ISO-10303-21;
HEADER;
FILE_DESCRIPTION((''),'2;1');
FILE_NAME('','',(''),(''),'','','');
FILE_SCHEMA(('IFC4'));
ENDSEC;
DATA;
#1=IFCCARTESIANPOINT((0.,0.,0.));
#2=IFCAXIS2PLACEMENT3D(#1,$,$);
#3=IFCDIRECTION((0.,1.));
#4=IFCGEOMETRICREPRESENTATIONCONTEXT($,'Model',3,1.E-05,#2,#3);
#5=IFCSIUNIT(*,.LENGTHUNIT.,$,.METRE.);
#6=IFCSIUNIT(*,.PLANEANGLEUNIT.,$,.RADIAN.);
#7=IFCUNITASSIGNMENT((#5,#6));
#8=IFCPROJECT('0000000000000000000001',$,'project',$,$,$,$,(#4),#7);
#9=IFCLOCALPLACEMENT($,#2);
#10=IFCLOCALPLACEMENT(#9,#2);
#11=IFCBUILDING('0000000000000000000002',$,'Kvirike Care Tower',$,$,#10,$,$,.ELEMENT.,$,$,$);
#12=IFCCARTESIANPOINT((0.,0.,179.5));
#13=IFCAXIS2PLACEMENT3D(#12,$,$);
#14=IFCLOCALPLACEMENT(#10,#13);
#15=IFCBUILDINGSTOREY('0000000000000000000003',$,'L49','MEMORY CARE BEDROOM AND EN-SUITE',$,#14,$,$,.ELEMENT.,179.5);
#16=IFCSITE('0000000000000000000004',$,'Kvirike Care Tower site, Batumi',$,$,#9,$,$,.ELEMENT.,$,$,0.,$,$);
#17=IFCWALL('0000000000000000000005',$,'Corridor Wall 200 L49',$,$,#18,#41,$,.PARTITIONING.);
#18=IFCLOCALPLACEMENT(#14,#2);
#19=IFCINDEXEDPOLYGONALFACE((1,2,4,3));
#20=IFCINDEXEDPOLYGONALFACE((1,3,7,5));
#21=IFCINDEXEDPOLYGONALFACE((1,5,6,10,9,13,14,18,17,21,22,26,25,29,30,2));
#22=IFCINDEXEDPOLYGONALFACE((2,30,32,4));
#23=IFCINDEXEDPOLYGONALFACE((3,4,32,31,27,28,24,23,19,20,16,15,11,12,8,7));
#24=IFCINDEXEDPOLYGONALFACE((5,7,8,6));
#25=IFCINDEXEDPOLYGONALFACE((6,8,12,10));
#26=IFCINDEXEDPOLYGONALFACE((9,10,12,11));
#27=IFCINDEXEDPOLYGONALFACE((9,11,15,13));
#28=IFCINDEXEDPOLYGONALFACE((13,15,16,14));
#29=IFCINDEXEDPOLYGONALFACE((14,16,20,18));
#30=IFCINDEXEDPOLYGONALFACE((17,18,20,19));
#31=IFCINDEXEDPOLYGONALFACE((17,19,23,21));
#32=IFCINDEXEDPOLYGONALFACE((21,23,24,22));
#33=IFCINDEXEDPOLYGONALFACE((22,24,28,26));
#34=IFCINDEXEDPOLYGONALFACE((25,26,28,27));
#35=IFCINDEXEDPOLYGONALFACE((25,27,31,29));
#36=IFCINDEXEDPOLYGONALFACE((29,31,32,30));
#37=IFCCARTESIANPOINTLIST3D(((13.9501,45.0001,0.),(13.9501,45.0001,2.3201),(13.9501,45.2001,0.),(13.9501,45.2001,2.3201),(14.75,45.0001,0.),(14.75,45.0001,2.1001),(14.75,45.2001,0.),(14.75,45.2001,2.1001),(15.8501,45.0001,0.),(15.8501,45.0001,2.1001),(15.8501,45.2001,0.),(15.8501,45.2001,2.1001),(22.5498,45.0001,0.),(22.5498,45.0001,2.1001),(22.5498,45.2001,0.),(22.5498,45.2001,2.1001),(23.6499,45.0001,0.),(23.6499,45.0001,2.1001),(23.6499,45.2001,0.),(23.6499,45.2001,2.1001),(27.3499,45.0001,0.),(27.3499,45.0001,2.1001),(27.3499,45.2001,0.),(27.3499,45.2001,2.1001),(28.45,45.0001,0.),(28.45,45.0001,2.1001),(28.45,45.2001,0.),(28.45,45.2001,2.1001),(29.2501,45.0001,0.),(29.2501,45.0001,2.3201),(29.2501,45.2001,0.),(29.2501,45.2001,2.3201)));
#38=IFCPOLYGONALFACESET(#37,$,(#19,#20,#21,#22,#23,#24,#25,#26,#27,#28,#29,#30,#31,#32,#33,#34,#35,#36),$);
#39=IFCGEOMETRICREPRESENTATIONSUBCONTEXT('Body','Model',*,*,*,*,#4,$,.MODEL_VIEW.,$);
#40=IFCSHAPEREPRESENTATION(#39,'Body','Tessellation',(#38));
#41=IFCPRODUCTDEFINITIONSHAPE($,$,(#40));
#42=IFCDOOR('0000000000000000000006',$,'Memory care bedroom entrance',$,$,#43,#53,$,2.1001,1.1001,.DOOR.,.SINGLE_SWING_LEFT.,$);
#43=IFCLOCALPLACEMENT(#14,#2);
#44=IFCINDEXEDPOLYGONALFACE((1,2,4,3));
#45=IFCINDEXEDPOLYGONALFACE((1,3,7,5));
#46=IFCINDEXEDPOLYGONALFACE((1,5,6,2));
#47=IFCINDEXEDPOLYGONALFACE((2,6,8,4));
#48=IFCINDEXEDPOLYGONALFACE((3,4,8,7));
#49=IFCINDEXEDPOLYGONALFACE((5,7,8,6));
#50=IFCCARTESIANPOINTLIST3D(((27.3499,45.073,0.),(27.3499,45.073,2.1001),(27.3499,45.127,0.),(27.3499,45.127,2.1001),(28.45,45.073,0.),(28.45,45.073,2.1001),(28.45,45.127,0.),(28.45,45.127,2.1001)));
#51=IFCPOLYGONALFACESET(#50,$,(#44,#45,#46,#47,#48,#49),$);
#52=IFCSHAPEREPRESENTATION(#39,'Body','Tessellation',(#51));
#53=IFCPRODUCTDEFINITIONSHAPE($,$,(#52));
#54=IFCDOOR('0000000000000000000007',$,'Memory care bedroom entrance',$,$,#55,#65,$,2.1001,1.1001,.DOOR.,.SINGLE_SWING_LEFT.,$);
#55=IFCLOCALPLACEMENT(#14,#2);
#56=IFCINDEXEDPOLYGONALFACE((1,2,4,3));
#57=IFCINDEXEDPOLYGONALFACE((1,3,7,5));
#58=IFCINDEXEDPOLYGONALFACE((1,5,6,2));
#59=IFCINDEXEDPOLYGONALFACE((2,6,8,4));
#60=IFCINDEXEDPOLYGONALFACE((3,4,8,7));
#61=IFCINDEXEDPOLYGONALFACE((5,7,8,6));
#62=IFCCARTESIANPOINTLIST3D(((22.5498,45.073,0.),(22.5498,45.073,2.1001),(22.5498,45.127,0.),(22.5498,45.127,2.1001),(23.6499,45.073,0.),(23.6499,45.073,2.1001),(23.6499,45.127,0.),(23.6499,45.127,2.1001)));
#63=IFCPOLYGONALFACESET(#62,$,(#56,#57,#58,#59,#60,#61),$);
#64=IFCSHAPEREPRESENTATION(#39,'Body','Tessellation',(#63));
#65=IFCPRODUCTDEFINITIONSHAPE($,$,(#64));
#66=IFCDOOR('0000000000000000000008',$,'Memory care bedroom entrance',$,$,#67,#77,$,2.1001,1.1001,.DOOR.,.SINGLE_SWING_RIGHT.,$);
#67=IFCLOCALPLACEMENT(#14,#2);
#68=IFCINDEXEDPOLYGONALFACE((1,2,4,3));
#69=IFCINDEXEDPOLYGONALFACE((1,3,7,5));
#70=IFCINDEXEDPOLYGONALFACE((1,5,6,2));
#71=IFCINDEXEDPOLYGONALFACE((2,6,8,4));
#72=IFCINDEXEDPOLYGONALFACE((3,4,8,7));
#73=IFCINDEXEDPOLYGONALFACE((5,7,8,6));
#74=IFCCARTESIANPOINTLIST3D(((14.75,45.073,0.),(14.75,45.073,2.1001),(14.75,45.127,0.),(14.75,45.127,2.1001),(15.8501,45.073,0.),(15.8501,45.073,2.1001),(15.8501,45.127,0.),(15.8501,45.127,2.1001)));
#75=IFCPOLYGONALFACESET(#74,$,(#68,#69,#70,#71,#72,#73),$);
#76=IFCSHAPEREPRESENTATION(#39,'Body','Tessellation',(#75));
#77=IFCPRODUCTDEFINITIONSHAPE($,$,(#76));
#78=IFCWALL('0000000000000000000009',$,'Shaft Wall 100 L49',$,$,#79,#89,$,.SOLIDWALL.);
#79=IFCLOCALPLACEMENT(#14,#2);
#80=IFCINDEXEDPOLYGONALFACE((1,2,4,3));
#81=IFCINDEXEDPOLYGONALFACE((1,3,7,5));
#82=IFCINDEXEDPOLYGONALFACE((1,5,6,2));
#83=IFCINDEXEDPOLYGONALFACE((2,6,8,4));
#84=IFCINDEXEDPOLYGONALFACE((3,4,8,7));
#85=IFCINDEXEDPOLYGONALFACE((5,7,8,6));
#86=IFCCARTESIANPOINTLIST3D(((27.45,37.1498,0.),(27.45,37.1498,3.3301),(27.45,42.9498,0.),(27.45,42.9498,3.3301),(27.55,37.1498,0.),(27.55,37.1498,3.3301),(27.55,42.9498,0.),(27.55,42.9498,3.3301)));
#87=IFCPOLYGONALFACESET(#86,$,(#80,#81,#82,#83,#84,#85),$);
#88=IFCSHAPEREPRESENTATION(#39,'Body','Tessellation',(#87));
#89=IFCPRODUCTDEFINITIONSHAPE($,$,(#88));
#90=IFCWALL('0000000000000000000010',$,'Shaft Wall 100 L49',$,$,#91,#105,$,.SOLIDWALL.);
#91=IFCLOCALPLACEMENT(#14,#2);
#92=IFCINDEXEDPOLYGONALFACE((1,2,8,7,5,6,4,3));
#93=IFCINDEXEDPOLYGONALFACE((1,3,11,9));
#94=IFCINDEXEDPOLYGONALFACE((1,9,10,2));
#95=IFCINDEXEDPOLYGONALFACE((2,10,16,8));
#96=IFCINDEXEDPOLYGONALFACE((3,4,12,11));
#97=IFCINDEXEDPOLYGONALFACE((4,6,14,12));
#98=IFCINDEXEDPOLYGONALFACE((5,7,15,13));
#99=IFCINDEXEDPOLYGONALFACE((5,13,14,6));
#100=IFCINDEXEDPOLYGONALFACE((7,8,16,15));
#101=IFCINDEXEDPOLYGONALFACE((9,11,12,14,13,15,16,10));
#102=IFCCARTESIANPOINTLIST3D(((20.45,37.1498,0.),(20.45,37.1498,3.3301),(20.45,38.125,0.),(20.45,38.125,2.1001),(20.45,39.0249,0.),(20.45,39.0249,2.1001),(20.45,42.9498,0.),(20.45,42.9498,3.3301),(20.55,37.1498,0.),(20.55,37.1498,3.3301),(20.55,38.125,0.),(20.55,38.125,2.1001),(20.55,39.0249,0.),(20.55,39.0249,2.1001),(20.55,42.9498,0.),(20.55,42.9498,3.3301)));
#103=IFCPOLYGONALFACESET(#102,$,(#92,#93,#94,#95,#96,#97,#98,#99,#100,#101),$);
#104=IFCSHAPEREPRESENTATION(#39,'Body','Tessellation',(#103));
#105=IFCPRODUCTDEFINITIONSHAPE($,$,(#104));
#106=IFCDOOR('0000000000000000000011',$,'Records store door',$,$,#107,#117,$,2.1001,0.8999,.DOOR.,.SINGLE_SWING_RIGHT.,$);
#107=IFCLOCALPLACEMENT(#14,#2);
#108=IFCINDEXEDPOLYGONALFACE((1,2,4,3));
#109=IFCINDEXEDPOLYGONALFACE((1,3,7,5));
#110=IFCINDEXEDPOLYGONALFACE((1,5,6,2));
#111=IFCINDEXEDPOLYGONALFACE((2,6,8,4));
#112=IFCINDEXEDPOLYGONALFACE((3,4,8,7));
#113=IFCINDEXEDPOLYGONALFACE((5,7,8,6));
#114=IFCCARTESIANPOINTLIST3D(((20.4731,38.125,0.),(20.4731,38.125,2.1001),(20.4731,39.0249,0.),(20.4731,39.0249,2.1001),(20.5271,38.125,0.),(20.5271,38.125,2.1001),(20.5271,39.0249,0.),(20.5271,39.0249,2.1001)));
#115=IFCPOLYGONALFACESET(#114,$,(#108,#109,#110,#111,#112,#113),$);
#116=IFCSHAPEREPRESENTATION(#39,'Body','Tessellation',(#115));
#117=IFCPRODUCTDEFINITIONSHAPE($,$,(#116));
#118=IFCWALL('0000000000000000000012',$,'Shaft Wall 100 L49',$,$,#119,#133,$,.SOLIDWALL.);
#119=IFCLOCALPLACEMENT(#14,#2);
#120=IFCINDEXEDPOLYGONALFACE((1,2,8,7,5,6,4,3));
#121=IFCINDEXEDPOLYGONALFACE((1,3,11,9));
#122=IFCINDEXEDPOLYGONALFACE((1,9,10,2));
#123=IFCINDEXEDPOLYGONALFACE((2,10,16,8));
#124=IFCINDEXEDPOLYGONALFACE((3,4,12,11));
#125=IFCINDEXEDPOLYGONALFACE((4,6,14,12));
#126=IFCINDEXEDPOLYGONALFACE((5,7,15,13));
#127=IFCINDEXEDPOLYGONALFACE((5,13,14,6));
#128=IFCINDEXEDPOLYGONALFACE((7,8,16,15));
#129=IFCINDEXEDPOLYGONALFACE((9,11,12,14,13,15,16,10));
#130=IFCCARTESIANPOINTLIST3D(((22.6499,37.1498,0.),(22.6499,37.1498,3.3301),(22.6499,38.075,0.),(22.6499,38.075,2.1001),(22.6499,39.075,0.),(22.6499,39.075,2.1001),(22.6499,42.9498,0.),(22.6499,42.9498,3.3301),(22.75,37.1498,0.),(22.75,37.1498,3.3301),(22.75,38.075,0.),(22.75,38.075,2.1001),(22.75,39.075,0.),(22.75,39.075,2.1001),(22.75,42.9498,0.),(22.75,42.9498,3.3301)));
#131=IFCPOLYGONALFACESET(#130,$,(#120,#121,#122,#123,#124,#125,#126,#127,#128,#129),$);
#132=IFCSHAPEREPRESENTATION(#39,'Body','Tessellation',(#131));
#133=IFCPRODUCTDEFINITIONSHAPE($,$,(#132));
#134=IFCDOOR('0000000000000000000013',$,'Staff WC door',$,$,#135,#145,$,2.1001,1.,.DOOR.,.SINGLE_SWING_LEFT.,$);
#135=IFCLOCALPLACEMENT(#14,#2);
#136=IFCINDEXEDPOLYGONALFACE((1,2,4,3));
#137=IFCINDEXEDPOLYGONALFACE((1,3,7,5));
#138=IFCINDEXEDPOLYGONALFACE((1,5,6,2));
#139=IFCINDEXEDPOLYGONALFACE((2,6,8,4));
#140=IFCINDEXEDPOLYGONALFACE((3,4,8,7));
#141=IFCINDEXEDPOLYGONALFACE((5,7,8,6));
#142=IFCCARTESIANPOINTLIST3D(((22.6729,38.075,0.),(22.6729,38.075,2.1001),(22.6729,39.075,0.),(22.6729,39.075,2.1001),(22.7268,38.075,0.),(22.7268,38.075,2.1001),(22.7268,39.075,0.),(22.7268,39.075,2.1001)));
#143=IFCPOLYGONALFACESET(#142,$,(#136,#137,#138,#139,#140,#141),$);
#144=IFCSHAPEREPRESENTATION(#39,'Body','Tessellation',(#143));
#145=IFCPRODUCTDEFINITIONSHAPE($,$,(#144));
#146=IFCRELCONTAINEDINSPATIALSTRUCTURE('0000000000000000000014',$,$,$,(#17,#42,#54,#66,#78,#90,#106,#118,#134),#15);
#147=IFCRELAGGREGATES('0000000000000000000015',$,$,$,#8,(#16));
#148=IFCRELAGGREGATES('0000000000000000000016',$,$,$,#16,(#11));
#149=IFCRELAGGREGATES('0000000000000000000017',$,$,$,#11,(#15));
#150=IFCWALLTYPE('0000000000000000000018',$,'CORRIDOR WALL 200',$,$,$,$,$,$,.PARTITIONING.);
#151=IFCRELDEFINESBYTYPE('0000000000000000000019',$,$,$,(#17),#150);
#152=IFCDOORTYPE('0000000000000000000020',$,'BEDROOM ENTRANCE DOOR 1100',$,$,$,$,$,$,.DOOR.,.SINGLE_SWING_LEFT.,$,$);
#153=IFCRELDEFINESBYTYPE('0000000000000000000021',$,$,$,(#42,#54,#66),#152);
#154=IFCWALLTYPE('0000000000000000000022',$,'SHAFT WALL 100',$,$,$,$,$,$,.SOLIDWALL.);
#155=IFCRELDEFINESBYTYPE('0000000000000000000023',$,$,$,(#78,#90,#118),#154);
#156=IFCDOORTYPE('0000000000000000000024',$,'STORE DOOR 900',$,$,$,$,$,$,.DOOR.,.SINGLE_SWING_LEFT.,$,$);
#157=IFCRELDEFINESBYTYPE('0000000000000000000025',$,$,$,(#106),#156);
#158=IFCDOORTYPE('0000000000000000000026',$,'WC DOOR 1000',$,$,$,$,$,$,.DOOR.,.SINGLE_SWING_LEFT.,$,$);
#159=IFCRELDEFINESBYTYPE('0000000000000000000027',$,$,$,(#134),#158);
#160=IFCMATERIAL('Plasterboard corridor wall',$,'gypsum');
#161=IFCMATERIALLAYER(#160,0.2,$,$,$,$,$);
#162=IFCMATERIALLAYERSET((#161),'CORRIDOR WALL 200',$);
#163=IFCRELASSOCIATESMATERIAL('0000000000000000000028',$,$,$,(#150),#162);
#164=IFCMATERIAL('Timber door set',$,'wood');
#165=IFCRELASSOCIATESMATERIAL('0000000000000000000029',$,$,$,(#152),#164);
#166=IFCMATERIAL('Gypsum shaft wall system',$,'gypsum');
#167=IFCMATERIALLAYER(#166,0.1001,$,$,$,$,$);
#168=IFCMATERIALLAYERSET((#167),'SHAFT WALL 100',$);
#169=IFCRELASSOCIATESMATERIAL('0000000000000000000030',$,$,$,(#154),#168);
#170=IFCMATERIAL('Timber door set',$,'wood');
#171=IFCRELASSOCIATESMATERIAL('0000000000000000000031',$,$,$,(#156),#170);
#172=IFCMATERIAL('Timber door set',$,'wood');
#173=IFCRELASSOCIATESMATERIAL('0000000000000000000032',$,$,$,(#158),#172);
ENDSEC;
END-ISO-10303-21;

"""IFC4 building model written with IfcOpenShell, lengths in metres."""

from ifc_helpers import new_model, si_unit, direction, frame, frame_2d, origin, place, context, subcontext, project, spatial, rectangle, extrude, material, layer, layer_set, type_object, element, fill, save


model = new_model("IFC4")

# Units and contexts
model_context = context("Model", 3, precision=1e-05, world=origin(), true_north=direction((0.0, 1.0)))
body_context = subcontext(model_context, "Body", "Model", "MODEL_VIEW")
ifc_project = project(units=[si_unit("LENGTHUNIT", "METRE"), si_unit("PLANEANGLEUNIT", "RADIAN")], contexts=[model_context])

# Site, building, storey
site_placement = place(None, origin())
site = spatial("IfcSite", under=ifc_project, at=site_placement, Name="Kvirike Care Tower site, Batumi", CompositionType="ELEMENT", RefElevation=0.0)
building_placement = place(site_placement, origin())
building = spatial("IfcBuilding", under=site, at=building_placement, Name="Kvirike Care Tower", CompositionType="ELEMENT")
storey_placement = place(building_placement, frame((0.0, 0.0, 179.5)))
storey = spatial("IfcBuildingStorey", under=building, at=storey_placement, Name="L49", Description="MEMORY CARE BEDROOM AND EN-SUITE", CompositionType="ELEMENT", Elevation=179.5)

# Wall, openings, doors
ifc_material_1 = material(Name="Plasterboard corridor wall", Category="gypsum")
ifc_layer_1 = layer(ifc_material_1, 0.2)
ifc_layer_set_1 = layer_set([ifc_layer_1], Name="CORRIDOR WALL 200")
wall_type_1 = type_object("IfcWallType", Name="CORRIDOR WALL 200", PredefinedType="PARTITIONING", material=ifc_layer_set_1)
wall_1_placement = place(storey_placement, frame((29.25, 45.1001, 0.0), z_axis=(0.0, 0.0, 1.0), x_axis=(-1.0, 0.0, 0.0)))
wall_1 = element("IfcWall", 1, at=wall_1_placement, inside=storey, type_object=wall_type_1, Name="Corridor Wall 200 L49", PredefinedType="PARTITIONING", context=body_context, shape_type="SweptSolid", body=[
    extrude(rectangle(XDim=15.3, YDim=0.2, at=frame_2d((7.6499, 0.0))), origin(), (0.0, 0.0, 1.0), 2.3201),
])
opening_1_placement = place(wall_1_placement, frame((0.8, 0.0, 0.0)))
opening_1 = element("IfcOpeningElement", 2, at=opening_1_placement, cuts=wall_1, PredefinedType="OPENING", context=body_context, shape_type="SweptSolid", body=[
    extrude(rectangle(XDim=1.1001, YDim=2.1001, at=frame_2d((0.55, 1.05))), frame((0.0, 0.1106, 0.0), z_axis=(0.0, -1.0, 0.0), x_axis=(1.0, 0.0, 0.0)), (0.0, 0.0, 1.0), 0.2209),
])
opening_2_placement = place(wall_1_placement, frame((5.6001, 0.0, 0.0)))
opening_2 = element("IfcOpeningElement", 3, at=opening_2_placement, cuts=wall_1, PredefinedType="OPENING", context=body_context, shape_type="SweptSolid", body=[
    extrude(rectangle(XDim=1.1001, YDim=2.1001, at=frame_2d((0.55, 1.05))), frame((0.0, 0.1106, 0.0), z_axis=(0.0, -1.0, 0.0), x_axis=(1.0, 0.0, 0.0)), (0.0, 0.0, 1.0), 0.2209),
])
opening_3_placement = place(wall_1_placement, frame((13.3999, 0.0, 0.0)))
opening_3 = element("IfcOpeningElement", 4, at=opening_3_placement, cuts=wall_1, PredefinedType="OPENING", context=body_context, shape_type="SweptSolid", body=[
    extrude(rectangle(XDim=1.1001, YDim=2.1001, at=frame_2d((0.55, 1.05))), frame((0.0, 0.1106, 0.0), z_axis=(0.0, -1.0, 0.0), x_axis=(1.0, 0.0, 0.0)), (0.0, 0.0, 1.0), 0.2209),
])
ifc_material_2 = material(Name="Timber door set", Category="wood")
door_type_1 = type_object("IfcDoorType", Name="BEDROOM ENTRANCE DOOR 1100", OperationType="SINGLE_SWING_LEFT", PredefinedType="DOOR", material=ifc_material_2)
door_1_placement = place(opening_1_placement, frame((1.1001, 0.0, 0.0), z_axis=(0.0, 0.0, 1.0), x_axis=(-1.0, 0.0, 0.0)))
door_1 = element("IfcDoor", 5, at=door_1_placement, inside=storey, type_object=door_type_1, Name="Memory care bedroom entrance", OperationType="SINGLE_SWING_LEFT", OverallHeight=2.1001, OverallWidth=1.1001, PredefinedType="DOOR", context=body_context, shape_type="SweptSolid", body=[
    extrude(rectangle(XDim=1.1001, YDim=2.1001, at=frame_2d((0.55, 1.05))), frame((0.0, 0.0269, 0.0), z_axis=(0.0, -1.0, 0.0), x_axis=(1.0, 0.0, 0.0)), (0.0, 0.0, 1.0), 0.054),
])
fill(opening_1, door_1)
door_2_placement = place(opening_2_placement, frame((1.1001, 0.0, 0.0), z_axis=(0.0, 0.0, 1.0), x_axis=(-1.0, 0.0, 0.0)))
door_2 = element("IfcDoor", 6, at=door_2_placement, inside=storey, type_object=door_type_1, Name="Memory care bedroom entrance", OperationType="SINGLE_SWING_LEFT", OverallHeight=2.1001, OverallWidth=1.1001, PredefinedType="DOOR", context=body_context, shape_type="SweptSolid", body=[
    extrude(rectangle(XDim=1.1001, YDim=2.1001, at=frame_2d((0.55, 1.05))), frame((0.0, 0.0269, 0.0), z_axis=(0.0, -1.0, 0.0), x_axis=(1.0, 0.0, 0.0)), (0.0, 0.0, 1.0), 0.054),
])
fill(opening_2, door_2)
door_3_placement = place(opening_3_placement, frame((1.1001, 0.0, 0.0), z_axis=(0.0, 0.0, 1.0), x_axis=(-1.0, 0.0, 0.0)))
door_3 = element("IfcDoor", 7, at=door_3_placement, inside=storey, type_object=door_type_1, Name="Memory care bedroom entrance", OperationType="SINGLE_SWING_RIGHT", OverallHeight=2.1001, OverallWidth=1.1001, PredefinedType="DOOR", context=body_context, shape_type="SweptSolid", body=[
    extrude(rectangle(XDim=1.1001, YDim=2.1001, at=frame_2d((0.55, 1.05))), frame((0.0, 0.0269, 0.0), z_axis=(0.0, -1.0, 0.0), x_axis=(1.0, 0.0, 0.0)), (0.0, 0.0, 1.0), 0.054),
])
fill(opening_3, door_3)

# Wall
ifc_material_3 = material(Name="Gypsum shaft wall system", Category="gypsum")
ifc_layer_2 = layer(ifc_material_3, 0.1001)
ifc_layer_set_2 = layer_set([ifc_layer_2], Name="SHAFT WALL 100")
wall_type_2 = type_object("IfcWallType", Name="SHAFT WALL 100", PredefinedType="SOLIDWALL", material=ifc_layer_set_2)
wall_2_placement = place(storey_placement, frame((27.5, 37.1499, 0.0), z_axis=(0.0, 0.0, 1.0), x_axis=(0.0, 1.0, 0.0)))
element("IfcWall", 8, at=wall_2_placement, inside=storey, type_object=wall_type_2, Name="Shaft Wall 100 L49", PredefinedType="SOLIDWALL", context=body_context, shape_type="SweptSolid", body=[
    extrude(rectangle(XDim=5.8, YDim=0.1001, at=frame_2d((2.8999, 0.0))), origin(), (0.0, 0.0, 1.0), 3.3301),
])

# Walls, openings, doors
wall_3_placement = place(storey_placement, frame((20.5, 37.1499, 0.0), z_axis=(0.0, 0.0, 1.0), x_axis=(0.0, 1.0, 0.0)))
wall_3 = element("IfcWall", 9, at=wall_3_placement, inside=storey, type_object=wall_type_2, Name="Shaft Wall 100 L49", PredefinedType="SOLIDWALL", context=body_context, shape_type="SweptSolid", body=[
    extrude(rectangle(XDim=5.8, YDim=0.1001, at=frame_2d((2.8999, 0.0))), origin(), (0.0, 0.0, 1.0), 3.3301),
])
opening_4_placement = place(wall_3_placement, frame((0.9751, 0.0, 0.0)))
opening_4 = element("IfcOpeningElement", 10, at=opening_4_placement, cuts=wall_3, PredefinedType="OPENING", context=body_context, shape_type="SweptSolid", body=[
    extrude(rectangle(XDim=0.8999, YDim=2.1001, at=frame_2d((0.45, 1.05))), frame((0.0, 0.0605, 0.0), z_axis=(0.0, -1.0, 0.0), x_axis=(1.0, 0.0, 0.0)), (0.0, 0.0, 1.0), 0.1211),
])
ifc_material_4 = material(Name="Timber door set", Category="wood")
door_type_2 = type_object("IfcDoorType", Name="STORE DOOR 900", OperationType="SINGLE_SWING_LEFT", PredefinedType="DOOR", material=ifc_material_4)
door_4_placement = place(opening_4_placement, origin())
door_4 = element("IfcDoor", 11, at=door_4_placement, inside=storey, type_object=door_type_2, Name="Records store door", OperationType="SINGLE_SWING_RIGHT", OverallHeight=2.1001, OverallWidth=0.8999, PredefinedType="DOOR", context=body_context, shape_type="SweptSolid", body=[
    extrude(rectangle(XDim=0.8999, YDim=2.1001, at=frame_2d((0.45, 1.05))), frame((0.0, 0.0269, 0.0), z_axis=(0.0, -1.0, 0.0), x_axis=(1.0, 0.0, 0.0)), (0.0, 0.0, 1.0), 0.054),
])
fill(opening_4, door_4)
wall_4_placement = place(storey_placement, frame((22.7, 37.1499, 0.0), z_axis=(0.0, 0.0, 1.0), x_axis=(0.0, 1.0, 0.0)))
wall_4 = element("IfcWall", 12, at=wall_4_placement, inside=storey, type_object=wall_type_2, Name="Shaft Wall 100 L49", PredefinedType="SOLIDWALL", context=body_context, shape_type="SweptSolid", body=[
    extrude(rectangle(XDim=5.8, YDim=0.1001, at=frame_2d((2.8999, 0.0))), origin(), (0.0, 0.0, 1.0), 3.3301),
])
opening_5_placement = place(wall_4_placement, frame((0.925, 0.0, 0.0)))
opening_5 = element("IfcOpeningElement", 13, at=opening_5_placement, cuts=wall_4, PredefinedType="OPENING", context=body_context, shape_type="SweptSolid", body=[
    extrude(rectangle(XDim=1.0, YDim=2.1001, at=frame_2d((0.5, 1.05))), frame((0.0, 0.0605, 0.0), z_axis=(0.0, -1.0, 0.0), x_axis=(1.0, 0.0, 0.0)), (0.0, 0.0, 1.0), 0.1211),
])
ifc_material_5 = material(Name="Timber door set", Category="wood")
door_type_3 = type_object("IfcDoorType", Name="WC DOOR 1000", OperationType="SINGLE_SWING_LEFT", PredefinedType="DOOR", material=ifc_material_5)
door_5_placement = place(opening_5_placement, frame((1.0, 0.0, 0.0), z_axis=(0.0, 0.0, 1.0), x_axis=(-1.0, 0.0, 0.0)))
door_5 = element("IfcDoor", 14, at=door_5_placement, inside=storey, type_object=door_type_3, Name="Staff WC door", OperationType="SINGLE_SWING_LEFT", OverallHeight=2.1001, OverallWidth=1.0, PredefinedType="DOOR", context=body_context, shape_type="SweptSolid", body=[
    extrude(rectangle(XDim=1.0, YDim=2.1001, at=frame_2d((0.5, 1.05))), frame((0.0, 0.0269, 0.0), z_axis=(0.0, -1.0, 0.0), x_axis=(1.0, 0.0, 0.0)), (0.0, 0.0, 1.0), 0.054),
])
fill(opening_5, door_5)

save(model, "model.ifc")
